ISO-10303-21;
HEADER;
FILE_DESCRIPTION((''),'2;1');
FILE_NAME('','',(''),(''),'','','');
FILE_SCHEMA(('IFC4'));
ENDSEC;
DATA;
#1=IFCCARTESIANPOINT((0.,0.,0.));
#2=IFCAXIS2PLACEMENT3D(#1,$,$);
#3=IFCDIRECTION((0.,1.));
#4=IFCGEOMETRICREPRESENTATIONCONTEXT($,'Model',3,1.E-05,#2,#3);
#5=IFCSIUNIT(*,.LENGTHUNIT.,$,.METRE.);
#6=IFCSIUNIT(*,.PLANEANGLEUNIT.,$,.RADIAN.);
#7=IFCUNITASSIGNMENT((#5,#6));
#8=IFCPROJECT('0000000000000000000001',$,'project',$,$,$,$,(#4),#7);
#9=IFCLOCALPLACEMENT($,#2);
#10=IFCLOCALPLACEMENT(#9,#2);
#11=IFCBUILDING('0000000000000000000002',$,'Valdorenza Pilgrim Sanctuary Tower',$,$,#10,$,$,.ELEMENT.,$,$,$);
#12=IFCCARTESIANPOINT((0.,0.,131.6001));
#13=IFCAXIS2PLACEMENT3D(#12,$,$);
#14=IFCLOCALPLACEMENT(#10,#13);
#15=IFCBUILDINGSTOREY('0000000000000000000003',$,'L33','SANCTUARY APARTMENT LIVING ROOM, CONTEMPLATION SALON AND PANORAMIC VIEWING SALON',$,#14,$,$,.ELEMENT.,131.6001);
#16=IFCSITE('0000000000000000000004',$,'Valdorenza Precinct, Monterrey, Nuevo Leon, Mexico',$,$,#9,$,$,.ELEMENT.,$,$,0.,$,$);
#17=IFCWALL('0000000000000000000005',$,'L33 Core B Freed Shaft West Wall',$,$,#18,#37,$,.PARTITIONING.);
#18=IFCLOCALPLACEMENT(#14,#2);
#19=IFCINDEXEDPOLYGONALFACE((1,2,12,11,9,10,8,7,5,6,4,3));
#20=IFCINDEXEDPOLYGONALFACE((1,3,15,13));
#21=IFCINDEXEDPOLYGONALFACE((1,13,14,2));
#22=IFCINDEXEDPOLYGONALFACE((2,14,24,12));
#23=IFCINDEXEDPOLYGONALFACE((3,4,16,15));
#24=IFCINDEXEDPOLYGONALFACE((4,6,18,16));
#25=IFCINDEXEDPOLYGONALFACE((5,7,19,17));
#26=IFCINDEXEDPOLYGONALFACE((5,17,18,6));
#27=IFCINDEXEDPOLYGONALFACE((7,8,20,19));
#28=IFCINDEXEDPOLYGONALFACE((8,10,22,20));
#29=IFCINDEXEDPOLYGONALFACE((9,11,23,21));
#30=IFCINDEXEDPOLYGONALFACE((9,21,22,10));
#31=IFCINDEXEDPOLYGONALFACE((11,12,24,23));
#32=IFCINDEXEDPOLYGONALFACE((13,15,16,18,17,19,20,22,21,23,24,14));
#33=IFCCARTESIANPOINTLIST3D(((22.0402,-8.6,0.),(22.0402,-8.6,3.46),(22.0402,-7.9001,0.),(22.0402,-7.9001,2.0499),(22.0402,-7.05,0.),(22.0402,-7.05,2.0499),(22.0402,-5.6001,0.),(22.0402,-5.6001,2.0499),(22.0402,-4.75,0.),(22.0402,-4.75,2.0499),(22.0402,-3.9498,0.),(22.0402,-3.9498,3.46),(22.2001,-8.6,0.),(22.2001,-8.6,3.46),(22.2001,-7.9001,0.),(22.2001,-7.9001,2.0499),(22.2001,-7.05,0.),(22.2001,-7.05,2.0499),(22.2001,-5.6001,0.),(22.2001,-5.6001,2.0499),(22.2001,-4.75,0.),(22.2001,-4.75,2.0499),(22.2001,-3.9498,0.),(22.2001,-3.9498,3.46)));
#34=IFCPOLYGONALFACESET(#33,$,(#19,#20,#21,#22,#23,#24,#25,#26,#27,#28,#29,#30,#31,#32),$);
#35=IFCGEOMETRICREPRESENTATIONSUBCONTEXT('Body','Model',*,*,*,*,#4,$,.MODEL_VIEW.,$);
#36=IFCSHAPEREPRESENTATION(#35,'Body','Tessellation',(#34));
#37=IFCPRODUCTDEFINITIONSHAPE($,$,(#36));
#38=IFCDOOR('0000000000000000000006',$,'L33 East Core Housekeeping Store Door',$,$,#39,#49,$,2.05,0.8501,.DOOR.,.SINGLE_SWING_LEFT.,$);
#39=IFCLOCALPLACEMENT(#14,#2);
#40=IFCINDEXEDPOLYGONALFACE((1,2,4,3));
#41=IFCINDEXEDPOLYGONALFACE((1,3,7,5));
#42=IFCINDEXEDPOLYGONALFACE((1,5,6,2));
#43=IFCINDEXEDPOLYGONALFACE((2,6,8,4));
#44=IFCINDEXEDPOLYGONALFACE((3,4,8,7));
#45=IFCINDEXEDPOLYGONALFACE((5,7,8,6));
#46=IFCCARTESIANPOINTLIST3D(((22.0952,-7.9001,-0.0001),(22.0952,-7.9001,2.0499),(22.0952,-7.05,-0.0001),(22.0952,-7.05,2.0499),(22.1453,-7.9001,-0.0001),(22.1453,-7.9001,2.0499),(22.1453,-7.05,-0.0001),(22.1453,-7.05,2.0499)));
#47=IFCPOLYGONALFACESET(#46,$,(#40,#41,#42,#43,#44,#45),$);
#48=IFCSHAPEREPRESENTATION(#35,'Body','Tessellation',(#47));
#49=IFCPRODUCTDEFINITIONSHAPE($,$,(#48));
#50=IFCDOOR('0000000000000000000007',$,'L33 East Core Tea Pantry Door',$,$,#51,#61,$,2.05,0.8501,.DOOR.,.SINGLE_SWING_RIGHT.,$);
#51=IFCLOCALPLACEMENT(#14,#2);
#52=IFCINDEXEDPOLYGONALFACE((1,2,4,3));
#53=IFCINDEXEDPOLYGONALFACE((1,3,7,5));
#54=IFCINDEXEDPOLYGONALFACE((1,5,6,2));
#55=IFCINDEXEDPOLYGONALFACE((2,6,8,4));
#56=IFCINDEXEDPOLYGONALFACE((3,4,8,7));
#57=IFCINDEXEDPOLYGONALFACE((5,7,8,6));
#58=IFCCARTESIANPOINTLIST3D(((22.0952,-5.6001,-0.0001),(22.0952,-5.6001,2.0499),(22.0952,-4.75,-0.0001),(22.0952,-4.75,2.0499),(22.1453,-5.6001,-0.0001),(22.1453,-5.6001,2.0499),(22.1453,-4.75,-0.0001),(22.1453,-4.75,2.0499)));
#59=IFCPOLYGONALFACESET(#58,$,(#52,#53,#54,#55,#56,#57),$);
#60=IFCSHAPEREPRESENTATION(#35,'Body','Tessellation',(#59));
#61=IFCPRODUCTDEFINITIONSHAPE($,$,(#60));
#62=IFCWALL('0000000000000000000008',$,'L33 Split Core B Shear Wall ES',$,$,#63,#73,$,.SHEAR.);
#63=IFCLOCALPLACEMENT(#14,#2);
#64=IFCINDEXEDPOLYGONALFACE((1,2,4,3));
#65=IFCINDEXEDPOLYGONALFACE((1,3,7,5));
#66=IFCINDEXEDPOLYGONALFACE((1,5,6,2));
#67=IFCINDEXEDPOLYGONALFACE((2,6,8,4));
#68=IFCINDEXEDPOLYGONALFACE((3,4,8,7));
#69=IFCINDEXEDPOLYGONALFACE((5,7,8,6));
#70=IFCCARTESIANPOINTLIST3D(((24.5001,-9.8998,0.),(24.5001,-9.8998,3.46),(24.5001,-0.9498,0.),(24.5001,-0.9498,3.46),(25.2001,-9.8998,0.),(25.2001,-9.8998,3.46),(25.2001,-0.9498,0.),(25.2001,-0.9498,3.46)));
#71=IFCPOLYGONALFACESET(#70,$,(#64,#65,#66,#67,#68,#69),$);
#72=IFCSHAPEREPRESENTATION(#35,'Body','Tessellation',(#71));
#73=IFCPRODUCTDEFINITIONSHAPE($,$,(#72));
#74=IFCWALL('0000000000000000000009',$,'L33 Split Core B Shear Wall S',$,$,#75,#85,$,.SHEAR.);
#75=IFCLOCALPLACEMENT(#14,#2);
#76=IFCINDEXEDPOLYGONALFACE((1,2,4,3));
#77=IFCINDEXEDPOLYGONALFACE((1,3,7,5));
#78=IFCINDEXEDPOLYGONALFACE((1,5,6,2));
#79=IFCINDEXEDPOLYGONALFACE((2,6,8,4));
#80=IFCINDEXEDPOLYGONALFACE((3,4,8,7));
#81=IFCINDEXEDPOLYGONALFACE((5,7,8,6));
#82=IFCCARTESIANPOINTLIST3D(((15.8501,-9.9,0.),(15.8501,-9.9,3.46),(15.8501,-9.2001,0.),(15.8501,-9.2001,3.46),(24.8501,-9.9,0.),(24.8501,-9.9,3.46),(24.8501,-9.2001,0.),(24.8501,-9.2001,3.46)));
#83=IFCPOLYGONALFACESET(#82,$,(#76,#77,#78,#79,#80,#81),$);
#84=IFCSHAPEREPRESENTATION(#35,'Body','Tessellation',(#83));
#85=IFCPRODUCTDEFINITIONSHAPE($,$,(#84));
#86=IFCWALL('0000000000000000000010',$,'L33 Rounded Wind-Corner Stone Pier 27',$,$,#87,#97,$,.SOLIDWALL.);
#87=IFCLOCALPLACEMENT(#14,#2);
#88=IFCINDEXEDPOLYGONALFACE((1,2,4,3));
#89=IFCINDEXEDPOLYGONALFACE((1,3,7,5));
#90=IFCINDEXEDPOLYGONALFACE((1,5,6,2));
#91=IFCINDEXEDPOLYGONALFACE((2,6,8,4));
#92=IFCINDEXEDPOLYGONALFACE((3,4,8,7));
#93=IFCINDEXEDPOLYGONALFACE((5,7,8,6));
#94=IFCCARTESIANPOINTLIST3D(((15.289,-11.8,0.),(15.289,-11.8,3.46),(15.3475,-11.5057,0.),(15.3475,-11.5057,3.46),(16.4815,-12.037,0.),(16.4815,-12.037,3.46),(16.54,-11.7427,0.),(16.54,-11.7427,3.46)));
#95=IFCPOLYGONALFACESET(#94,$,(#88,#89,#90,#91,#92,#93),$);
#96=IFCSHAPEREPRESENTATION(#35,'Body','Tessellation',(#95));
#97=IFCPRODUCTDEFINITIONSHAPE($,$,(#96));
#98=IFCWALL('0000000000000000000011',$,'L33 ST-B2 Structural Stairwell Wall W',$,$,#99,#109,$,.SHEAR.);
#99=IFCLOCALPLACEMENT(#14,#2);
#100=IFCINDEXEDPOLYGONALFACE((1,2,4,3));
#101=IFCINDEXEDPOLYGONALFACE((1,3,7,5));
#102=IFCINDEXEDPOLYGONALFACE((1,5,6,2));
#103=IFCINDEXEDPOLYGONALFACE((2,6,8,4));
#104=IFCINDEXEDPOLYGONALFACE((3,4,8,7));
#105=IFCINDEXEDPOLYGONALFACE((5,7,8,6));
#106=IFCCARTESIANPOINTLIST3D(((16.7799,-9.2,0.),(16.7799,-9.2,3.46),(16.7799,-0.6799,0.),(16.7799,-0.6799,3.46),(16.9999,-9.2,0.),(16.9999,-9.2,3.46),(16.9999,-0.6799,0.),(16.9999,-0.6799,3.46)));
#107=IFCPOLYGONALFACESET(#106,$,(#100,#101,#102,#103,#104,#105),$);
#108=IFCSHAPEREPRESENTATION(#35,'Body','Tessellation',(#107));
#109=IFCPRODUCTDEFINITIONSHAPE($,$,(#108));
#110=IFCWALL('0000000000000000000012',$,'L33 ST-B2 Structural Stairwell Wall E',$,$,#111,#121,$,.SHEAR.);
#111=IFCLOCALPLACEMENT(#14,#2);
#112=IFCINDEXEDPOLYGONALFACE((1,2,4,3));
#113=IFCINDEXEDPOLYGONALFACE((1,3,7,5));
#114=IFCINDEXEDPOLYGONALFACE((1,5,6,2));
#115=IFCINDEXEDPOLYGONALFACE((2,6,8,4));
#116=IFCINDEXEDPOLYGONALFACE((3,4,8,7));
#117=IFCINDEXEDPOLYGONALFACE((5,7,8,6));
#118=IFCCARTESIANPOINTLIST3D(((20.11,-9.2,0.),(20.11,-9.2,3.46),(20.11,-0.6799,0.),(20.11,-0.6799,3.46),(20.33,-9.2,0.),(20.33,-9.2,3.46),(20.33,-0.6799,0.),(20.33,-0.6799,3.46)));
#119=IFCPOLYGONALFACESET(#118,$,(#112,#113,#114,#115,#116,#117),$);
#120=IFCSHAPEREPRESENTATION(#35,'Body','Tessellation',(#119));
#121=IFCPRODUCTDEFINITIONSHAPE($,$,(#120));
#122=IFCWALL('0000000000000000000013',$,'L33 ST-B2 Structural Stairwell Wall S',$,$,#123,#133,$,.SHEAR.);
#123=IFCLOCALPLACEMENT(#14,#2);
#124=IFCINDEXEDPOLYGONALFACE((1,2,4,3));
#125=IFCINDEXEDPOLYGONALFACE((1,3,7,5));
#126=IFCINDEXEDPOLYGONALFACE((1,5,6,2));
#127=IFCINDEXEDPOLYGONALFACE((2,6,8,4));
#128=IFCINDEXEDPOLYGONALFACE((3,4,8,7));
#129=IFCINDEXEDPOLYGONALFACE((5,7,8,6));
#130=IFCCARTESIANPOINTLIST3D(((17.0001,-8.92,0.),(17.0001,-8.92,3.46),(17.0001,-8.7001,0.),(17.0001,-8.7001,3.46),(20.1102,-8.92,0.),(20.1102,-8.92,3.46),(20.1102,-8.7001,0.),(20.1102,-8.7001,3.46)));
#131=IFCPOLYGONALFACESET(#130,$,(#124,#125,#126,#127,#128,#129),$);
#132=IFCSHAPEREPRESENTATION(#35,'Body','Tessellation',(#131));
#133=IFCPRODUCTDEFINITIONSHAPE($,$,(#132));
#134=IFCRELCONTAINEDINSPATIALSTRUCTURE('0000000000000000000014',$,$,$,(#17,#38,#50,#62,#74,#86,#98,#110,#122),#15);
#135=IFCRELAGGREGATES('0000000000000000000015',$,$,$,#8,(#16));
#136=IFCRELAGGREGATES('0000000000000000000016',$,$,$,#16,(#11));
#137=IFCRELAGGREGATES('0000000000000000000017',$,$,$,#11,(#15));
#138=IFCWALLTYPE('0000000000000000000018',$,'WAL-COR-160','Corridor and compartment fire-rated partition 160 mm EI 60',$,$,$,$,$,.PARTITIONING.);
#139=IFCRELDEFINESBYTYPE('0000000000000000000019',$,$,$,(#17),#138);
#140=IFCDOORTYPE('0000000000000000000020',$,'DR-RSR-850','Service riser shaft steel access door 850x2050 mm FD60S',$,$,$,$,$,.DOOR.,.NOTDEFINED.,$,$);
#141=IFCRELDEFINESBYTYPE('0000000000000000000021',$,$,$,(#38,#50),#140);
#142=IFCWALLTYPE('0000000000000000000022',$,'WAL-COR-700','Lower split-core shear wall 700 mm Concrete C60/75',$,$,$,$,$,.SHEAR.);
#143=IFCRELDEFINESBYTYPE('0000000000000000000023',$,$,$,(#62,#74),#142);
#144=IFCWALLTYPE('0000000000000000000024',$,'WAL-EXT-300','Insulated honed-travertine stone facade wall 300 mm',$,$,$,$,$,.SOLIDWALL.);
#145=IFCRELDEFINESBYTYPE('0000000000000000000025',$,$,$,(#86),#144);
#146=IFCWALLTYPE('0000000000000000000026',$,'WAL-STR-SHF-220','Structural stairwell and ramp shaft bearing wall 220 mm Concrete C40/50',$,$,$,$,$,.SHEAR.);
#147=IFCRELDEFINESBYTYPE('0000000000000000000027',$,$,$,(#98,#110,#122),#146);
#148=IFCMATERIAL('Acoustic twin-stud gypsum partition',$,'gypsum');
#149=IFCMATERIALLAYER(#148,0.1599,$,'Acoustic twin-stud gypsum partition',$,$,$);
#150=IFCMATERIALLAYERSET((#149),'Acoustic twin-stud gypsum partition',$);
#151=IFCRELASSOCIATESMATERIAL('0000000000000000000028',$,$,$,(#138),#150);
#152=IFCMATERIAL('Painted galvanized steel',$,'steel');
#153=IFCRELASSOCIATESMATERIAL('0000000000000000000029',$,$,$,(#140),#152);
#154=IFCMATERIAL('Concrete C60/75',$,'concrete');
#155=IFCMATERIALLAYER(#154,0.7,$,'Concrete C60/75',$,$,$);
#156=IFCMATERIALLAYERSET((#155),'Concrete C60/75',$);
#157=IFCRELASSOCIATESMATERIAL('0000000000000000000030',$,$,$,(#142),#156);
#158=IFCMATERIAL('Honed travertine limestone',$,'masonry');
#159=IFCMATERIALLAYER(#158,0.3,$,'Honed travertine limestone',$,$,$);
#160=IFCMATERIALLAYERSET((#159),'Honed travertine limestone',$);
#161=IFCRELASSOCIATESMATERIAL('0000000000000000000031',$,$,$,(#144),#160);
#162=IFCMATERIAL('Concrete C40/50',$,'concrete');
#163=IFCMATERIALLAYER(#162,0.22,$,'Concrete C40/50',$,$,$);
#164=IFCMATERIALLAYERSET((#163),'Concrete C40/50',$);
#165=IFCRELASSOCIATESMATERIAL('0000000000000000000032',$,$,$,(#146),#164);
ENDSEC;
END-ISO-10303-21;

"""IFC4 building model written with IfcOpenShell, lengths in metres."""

from ifc_helpers import new_model, si_unit, direction, frame, frame_2d, origin, place, context, subcontext, project, spatial, rectangle, extrude, material, layer, layer_set, type_object, element, fill, save


model = new_model("IFC4")

# Units and contexts
model_context = context("Model", 3, precision=1e-05, world=origin(), true_north=direction((0.0, 1.0)))
body_context = subcontext(model_context, "Body", "Model", "MODEL_VIEW")
ifc_project = project(units=[si_unit("LENGTHUNIT", "METRE"), si_unit("PLANEANGLEUNIT", "RADIAN")], contexts=[model_context])

# Site, building, storey
site_placement = place(None, origin())
site = spatial("IfcSite", under=ifc_project, at=site_placement, Name="Valdorenza Precinct, Monterrey, Nuevo Leon, Mexico", CompositionType="ELEMENT", RefElevation=0.0)
building_placement = place(site_placement, origin())
building = spatial("IfcBuilding", under=site, at=building_placement, Name="Valdorenza Pilgrim Sanctuary Tower", CompositionType="ELEMENT")
storey_placement = place(building_placement, frame((0.0, 0.0, 131.6001)))
storey = spatial("IfcBuildingStorey", under=building, at=storey_placement, Name="L33", Description="SANCTUARY APARTMENT LIVING ROOM, CONTEMPLATION SALON AND PANORAMIC VIEWING SALON", CompositionType="ELEMENT", Elevation=131.6001)

# Shared definitions
ifc_material_1 = material(Name="Concrete C60/75", Category="concrete")

# Shared definitions
ifc_material_2 = material(Name="Honed travertine limestone", Category="masonry")

# Shared definitions
ifc_material_3 = material(Name="Acoustic twin-stud gypsum partition", Category="gypsum")
ifc_layer_1 = layer(ifc_material_3, 0.1599, Name="Acoustic twin-stud gypsum partition")
ifc_layer_set_1 = layer_set([ifc_layer_1], Name="Acoustic twin-stud gypsum partition")
wall_type_1 = type_object("IfcWallType", Name="WAL-COR-160", Description="Corridor and compartment fire-rated partition 160 mm EI 60", PredefinedType="PARTITIONING", material=ifc_layer_set_1)

# Wall, openings, doors
wall_1_placement = place(storey_placement, frame((22.1201, -8.6001, 0.0), z_axis=(0.0, 0.0, 1.0), x_axis=(0.0, 1.0, 0.0)))
wall_1 = element("IfcWall", 1, at=wall_1_placement, inside=storey, type_object=wall_type_1, Name="L33 Core B Freed Shaft West Wall", PredefinedType="PARTITIONING", context=body_context, shape_type="SweptSolid", body=[
    extrude(rectangle(XDim=4.6501, YDim=0.1599, at=frame_2d((2.3252, 0.0))), origin(), (0.0, 0.0, 1.0), 3.46),
])
opening_1_placement = place(wall_1_placement, frame((0.7, 0.0, 0.0)))
opening_1 = element("IfcOpeningElement", 2, at=opening_1_placement, cuts=wall_1, PredefinedType="OPENING", context=body_context, shape_type="SweptSolid", body=[
    extrude(rectangle(XDim=0.8501, YDim=2.05, at=frame_2d((0.425, 1.0249))), frame((0.0, 0.0947, 0.0), z_axis=(0.0, -1.0, 0.0), x_axis=(1.0, 0.0, 0.0)), (0.0, 0.0, 1.0), 0.1897),
])
opening_2_placement = place(wall_1_placement, frame((3.0, 0.0, 0.0)))
opening_2 = element("IfcOpeningElement", 3, at=opening_2_placement, cuts=wall_1, PredefinedType="OPENING", context=body_context, shape_type="SweptSolid", body=[
    extrude(rectangle(XDim=0.8501, YDim=2.05, at=frame_2d((0.425, 1.0249))), frame((0.0, 0.0947, 0.0), z_axis=(0.0, -1.0, 0.0), x_axis=(1.0, 0.0, 0.0)), (0.0, 0.0, 1.0), 0.1897),
])
ifc_material_4 = material(Name="Painted galvanized steel", Category="steel")
door_type = type_object("IfcDoorType", Name="DR-RSR-850", Description="Service riser shaft steel access door 850x2050 mm FD60S", OperationType="NOTDEFINED", PredefinedType="DOOR", material=ifc_material_4)
door_1_placement = place(opening_1_placement, origin())
door_1 = element("IfcDoor", 4, at=door_1_placement, inside=storey, type_object=door_type, Name="L33 East Core Housekeeping Store Door", OperationType="SINGLE_SWING_LEFT", OverallHeight=2.05, OverallWidth=0.8501, PredefinedType="DOOR", context=body_context, shape_type="SweptSolid", body=[
    extrude(rectangle(XDim=0.8501, YDim=2.05, at=frame_2d((0.425, 1.0249))), frame((0.0, 0.0249, 0.0), z_axis=(0.0, -1.0, 0.0), x_axis=(1.0, 0.0, 0.0)), (0.0, 0.0, 1.0), 0.05),
])
fill(opening_1, door_1)
door_2_placement = place(opening_2_placement, origin())
door_2 = element("IfcDoor", 5, at=door_2_placement, inside=storey, type_object=door_type, Name="L33 East Core Tea Pantry Door", OperationType="SINGLE_SWING_RIGHT", OverallHeight=2.05, OverallWidth=0.8501, PredefinedType="DOOR", context=body_context, shape_type="SweptSolid", body=[
    extrude(rectangle(XDim=0.8501, YDim=2.05, at=frame_2d((0.425, 1.0249))), frame((0.0, 0.0249, 0.0), z_axis=(0.0, -1.0, 0.0), x_axis=(1.0, 0.0, 0.0)), (0.0, 0.0, 1.0), 0.05),
])
fill(opening_2, door_2)

# Walls
ifc_layer_2 = layer(ifc_material_1, 0.7, Name="Concrete C60/75")
ifc_layer_set_2 = layer_set([ifc_layer_2], Name="Concrete C60/75")
wall_type_2 = type_object("IfcWallType", Name="WAL-COR-700", Description="Lower split-core shear wall 700 mm Concrete C60/75", PredefinedType="SHEAR", material=ifc_layer_set_2)
wall_2_placement = place(storey_placement, frame((24.8501, -9.8999, 0.0), z_axis=(0.0, 0.0, 1.0), x_axis=(0.0, 1.0, 0.0)))
element("IfcWall", 6, at=wall_2_placement, inside=storey, type_object=wall_type_2, Name="L33 Split Core B Shear Wall ES", PredefinedType="SHEAR", context=body_context, shape_type="SweptSolid", body=[
    extrude(rectangle(XDim=8.95, YDim=0.7, at=frame_2d((4.4751, 0.0))), origin(), (0.0, 0.0, 1.0), 3.46),
])
wall_3_placement = place(storey_placement, frame((15.8501, -9.55, 0.0), z_axis=(0.0, 0.0, 1.0), x_axis=(1.0, 0.0, 0.0)))
element("IfcWall", 7, at=wall_3_placement, inside=storey, type_object=wall_type_2, Name="L33 Split Core B Shear Wall S", PredefinedType="SHEAR", context=body_context, shape_type="SweptSolid", body=[
    extrude(rectangle(XDim=9.0, YDim=0.7, at=frame_2d((4.5, 0.0))), origin(), (0.0, 0.0, 1.0), 3.46),
])
ifc_layer_3 = layer(ifc_material_2, 0.3, Name="Honed travertine limestone")
ifc_layer_set_3 = layer_set([ifc_layer_3], Name="Honed travertine limestone")
wall_type_3 = type_object("IfcWallType", Name="WAL-EXT-300", Description="Insulated honed-travertine stone facade wall 300 mm", PredefinedType="SOLIDWALL", material=ifc_layer_set_3)
wall_4_placement = place(storey_placement, frame((16.5107, -11.8899, 0.0), z_axis=(0.0, 0.0, 1.0), x_axis=(-0.980804, 0.194996, 0.0)))
element("IfcWall", 8, at=wall_4_placement, inside=storey, type_object=wall_type_3, Name="L33 Rounded Wind-Corner Stone Pier 27", PredefinedType="SOLIDWALL", context=body_context, shape_type="SweptSolid", body=[
    extrude(rectangle(XDim=1.2158, YDim=0.3, at=frame_2d((0.6079, 0.0))), origin(), (0.0, 0.0, 1.0), 3.46),
])
ifc_material_5 = material(Name="Concrete C40/50", Category="concrete")
ifc_layer_4 = layer(ifc_material_5, 0.22, Name="Concrete C40/50")
ifc_layer_set_4 = layer_set([ifc_layer_4], Name="Concrete C40/50")
wall_type_4 = type_object("IfcWallType", Name="WAL-STR-SHF-220", Description="Structural stairwell and ramp shaft bearing wall 220 mm Concrete C40/50", PredefinedType="SHEAR", material=ifc_layer_set_4)
for number, where, z_axis, x_axis, name in (
    (9, (16.8899, -9.2, 0.0), (0.0, 0.0, 1.0), (0.0, 1.0, 0.0), "L33 ST-B2 Structural Stairwell Wall W"),
    (10, (20.22, -9.2, 0.0), (0.0, 0.0, 1.0), (0.0, 1.0, 0.0), "L33 ST-B2 Structural Stairwell Wall E"),
):
    element("IfcWall", number, at=place(storey_placement, frame(where, z_axis=z_axis, x_axis=x_axis)), inside=storey, type_object=wall_type_4, Name=name, PredefinedType="SHEAR", context=body_context, shape_type="SweptSolid", body=[
        extrude(rectangle(XDim=8.52, YDim=0.22, at=frame_2d((4.26, 0.0))), origin(), (0.0, 0.0, 1.0), 3.46),
    ])
wall_5_placement = place(storey_placement, frame((17.0, -8.8101, 0.0), z_axis=(0.0, 0.0, 1.0), x_axis=(1.0, 0.0, 0.0)))
element("IfcWall", 11, at=wall_5_placement, inside=storey, type_object=wall_type_4, Name="L33 ST-B2 Structural Stairwell Wall S", PredefinedType="SHEAR", context=body_context, shape_type="SweptSolid", body=[
    extrude(rectangle(XDim=3.1101, YDim=0.22, at=frame_2d((1.5552, 0.0))), origin(), (0.0, 0.0, 1.0), 3.46),
])

save(model, "model.ifc")
